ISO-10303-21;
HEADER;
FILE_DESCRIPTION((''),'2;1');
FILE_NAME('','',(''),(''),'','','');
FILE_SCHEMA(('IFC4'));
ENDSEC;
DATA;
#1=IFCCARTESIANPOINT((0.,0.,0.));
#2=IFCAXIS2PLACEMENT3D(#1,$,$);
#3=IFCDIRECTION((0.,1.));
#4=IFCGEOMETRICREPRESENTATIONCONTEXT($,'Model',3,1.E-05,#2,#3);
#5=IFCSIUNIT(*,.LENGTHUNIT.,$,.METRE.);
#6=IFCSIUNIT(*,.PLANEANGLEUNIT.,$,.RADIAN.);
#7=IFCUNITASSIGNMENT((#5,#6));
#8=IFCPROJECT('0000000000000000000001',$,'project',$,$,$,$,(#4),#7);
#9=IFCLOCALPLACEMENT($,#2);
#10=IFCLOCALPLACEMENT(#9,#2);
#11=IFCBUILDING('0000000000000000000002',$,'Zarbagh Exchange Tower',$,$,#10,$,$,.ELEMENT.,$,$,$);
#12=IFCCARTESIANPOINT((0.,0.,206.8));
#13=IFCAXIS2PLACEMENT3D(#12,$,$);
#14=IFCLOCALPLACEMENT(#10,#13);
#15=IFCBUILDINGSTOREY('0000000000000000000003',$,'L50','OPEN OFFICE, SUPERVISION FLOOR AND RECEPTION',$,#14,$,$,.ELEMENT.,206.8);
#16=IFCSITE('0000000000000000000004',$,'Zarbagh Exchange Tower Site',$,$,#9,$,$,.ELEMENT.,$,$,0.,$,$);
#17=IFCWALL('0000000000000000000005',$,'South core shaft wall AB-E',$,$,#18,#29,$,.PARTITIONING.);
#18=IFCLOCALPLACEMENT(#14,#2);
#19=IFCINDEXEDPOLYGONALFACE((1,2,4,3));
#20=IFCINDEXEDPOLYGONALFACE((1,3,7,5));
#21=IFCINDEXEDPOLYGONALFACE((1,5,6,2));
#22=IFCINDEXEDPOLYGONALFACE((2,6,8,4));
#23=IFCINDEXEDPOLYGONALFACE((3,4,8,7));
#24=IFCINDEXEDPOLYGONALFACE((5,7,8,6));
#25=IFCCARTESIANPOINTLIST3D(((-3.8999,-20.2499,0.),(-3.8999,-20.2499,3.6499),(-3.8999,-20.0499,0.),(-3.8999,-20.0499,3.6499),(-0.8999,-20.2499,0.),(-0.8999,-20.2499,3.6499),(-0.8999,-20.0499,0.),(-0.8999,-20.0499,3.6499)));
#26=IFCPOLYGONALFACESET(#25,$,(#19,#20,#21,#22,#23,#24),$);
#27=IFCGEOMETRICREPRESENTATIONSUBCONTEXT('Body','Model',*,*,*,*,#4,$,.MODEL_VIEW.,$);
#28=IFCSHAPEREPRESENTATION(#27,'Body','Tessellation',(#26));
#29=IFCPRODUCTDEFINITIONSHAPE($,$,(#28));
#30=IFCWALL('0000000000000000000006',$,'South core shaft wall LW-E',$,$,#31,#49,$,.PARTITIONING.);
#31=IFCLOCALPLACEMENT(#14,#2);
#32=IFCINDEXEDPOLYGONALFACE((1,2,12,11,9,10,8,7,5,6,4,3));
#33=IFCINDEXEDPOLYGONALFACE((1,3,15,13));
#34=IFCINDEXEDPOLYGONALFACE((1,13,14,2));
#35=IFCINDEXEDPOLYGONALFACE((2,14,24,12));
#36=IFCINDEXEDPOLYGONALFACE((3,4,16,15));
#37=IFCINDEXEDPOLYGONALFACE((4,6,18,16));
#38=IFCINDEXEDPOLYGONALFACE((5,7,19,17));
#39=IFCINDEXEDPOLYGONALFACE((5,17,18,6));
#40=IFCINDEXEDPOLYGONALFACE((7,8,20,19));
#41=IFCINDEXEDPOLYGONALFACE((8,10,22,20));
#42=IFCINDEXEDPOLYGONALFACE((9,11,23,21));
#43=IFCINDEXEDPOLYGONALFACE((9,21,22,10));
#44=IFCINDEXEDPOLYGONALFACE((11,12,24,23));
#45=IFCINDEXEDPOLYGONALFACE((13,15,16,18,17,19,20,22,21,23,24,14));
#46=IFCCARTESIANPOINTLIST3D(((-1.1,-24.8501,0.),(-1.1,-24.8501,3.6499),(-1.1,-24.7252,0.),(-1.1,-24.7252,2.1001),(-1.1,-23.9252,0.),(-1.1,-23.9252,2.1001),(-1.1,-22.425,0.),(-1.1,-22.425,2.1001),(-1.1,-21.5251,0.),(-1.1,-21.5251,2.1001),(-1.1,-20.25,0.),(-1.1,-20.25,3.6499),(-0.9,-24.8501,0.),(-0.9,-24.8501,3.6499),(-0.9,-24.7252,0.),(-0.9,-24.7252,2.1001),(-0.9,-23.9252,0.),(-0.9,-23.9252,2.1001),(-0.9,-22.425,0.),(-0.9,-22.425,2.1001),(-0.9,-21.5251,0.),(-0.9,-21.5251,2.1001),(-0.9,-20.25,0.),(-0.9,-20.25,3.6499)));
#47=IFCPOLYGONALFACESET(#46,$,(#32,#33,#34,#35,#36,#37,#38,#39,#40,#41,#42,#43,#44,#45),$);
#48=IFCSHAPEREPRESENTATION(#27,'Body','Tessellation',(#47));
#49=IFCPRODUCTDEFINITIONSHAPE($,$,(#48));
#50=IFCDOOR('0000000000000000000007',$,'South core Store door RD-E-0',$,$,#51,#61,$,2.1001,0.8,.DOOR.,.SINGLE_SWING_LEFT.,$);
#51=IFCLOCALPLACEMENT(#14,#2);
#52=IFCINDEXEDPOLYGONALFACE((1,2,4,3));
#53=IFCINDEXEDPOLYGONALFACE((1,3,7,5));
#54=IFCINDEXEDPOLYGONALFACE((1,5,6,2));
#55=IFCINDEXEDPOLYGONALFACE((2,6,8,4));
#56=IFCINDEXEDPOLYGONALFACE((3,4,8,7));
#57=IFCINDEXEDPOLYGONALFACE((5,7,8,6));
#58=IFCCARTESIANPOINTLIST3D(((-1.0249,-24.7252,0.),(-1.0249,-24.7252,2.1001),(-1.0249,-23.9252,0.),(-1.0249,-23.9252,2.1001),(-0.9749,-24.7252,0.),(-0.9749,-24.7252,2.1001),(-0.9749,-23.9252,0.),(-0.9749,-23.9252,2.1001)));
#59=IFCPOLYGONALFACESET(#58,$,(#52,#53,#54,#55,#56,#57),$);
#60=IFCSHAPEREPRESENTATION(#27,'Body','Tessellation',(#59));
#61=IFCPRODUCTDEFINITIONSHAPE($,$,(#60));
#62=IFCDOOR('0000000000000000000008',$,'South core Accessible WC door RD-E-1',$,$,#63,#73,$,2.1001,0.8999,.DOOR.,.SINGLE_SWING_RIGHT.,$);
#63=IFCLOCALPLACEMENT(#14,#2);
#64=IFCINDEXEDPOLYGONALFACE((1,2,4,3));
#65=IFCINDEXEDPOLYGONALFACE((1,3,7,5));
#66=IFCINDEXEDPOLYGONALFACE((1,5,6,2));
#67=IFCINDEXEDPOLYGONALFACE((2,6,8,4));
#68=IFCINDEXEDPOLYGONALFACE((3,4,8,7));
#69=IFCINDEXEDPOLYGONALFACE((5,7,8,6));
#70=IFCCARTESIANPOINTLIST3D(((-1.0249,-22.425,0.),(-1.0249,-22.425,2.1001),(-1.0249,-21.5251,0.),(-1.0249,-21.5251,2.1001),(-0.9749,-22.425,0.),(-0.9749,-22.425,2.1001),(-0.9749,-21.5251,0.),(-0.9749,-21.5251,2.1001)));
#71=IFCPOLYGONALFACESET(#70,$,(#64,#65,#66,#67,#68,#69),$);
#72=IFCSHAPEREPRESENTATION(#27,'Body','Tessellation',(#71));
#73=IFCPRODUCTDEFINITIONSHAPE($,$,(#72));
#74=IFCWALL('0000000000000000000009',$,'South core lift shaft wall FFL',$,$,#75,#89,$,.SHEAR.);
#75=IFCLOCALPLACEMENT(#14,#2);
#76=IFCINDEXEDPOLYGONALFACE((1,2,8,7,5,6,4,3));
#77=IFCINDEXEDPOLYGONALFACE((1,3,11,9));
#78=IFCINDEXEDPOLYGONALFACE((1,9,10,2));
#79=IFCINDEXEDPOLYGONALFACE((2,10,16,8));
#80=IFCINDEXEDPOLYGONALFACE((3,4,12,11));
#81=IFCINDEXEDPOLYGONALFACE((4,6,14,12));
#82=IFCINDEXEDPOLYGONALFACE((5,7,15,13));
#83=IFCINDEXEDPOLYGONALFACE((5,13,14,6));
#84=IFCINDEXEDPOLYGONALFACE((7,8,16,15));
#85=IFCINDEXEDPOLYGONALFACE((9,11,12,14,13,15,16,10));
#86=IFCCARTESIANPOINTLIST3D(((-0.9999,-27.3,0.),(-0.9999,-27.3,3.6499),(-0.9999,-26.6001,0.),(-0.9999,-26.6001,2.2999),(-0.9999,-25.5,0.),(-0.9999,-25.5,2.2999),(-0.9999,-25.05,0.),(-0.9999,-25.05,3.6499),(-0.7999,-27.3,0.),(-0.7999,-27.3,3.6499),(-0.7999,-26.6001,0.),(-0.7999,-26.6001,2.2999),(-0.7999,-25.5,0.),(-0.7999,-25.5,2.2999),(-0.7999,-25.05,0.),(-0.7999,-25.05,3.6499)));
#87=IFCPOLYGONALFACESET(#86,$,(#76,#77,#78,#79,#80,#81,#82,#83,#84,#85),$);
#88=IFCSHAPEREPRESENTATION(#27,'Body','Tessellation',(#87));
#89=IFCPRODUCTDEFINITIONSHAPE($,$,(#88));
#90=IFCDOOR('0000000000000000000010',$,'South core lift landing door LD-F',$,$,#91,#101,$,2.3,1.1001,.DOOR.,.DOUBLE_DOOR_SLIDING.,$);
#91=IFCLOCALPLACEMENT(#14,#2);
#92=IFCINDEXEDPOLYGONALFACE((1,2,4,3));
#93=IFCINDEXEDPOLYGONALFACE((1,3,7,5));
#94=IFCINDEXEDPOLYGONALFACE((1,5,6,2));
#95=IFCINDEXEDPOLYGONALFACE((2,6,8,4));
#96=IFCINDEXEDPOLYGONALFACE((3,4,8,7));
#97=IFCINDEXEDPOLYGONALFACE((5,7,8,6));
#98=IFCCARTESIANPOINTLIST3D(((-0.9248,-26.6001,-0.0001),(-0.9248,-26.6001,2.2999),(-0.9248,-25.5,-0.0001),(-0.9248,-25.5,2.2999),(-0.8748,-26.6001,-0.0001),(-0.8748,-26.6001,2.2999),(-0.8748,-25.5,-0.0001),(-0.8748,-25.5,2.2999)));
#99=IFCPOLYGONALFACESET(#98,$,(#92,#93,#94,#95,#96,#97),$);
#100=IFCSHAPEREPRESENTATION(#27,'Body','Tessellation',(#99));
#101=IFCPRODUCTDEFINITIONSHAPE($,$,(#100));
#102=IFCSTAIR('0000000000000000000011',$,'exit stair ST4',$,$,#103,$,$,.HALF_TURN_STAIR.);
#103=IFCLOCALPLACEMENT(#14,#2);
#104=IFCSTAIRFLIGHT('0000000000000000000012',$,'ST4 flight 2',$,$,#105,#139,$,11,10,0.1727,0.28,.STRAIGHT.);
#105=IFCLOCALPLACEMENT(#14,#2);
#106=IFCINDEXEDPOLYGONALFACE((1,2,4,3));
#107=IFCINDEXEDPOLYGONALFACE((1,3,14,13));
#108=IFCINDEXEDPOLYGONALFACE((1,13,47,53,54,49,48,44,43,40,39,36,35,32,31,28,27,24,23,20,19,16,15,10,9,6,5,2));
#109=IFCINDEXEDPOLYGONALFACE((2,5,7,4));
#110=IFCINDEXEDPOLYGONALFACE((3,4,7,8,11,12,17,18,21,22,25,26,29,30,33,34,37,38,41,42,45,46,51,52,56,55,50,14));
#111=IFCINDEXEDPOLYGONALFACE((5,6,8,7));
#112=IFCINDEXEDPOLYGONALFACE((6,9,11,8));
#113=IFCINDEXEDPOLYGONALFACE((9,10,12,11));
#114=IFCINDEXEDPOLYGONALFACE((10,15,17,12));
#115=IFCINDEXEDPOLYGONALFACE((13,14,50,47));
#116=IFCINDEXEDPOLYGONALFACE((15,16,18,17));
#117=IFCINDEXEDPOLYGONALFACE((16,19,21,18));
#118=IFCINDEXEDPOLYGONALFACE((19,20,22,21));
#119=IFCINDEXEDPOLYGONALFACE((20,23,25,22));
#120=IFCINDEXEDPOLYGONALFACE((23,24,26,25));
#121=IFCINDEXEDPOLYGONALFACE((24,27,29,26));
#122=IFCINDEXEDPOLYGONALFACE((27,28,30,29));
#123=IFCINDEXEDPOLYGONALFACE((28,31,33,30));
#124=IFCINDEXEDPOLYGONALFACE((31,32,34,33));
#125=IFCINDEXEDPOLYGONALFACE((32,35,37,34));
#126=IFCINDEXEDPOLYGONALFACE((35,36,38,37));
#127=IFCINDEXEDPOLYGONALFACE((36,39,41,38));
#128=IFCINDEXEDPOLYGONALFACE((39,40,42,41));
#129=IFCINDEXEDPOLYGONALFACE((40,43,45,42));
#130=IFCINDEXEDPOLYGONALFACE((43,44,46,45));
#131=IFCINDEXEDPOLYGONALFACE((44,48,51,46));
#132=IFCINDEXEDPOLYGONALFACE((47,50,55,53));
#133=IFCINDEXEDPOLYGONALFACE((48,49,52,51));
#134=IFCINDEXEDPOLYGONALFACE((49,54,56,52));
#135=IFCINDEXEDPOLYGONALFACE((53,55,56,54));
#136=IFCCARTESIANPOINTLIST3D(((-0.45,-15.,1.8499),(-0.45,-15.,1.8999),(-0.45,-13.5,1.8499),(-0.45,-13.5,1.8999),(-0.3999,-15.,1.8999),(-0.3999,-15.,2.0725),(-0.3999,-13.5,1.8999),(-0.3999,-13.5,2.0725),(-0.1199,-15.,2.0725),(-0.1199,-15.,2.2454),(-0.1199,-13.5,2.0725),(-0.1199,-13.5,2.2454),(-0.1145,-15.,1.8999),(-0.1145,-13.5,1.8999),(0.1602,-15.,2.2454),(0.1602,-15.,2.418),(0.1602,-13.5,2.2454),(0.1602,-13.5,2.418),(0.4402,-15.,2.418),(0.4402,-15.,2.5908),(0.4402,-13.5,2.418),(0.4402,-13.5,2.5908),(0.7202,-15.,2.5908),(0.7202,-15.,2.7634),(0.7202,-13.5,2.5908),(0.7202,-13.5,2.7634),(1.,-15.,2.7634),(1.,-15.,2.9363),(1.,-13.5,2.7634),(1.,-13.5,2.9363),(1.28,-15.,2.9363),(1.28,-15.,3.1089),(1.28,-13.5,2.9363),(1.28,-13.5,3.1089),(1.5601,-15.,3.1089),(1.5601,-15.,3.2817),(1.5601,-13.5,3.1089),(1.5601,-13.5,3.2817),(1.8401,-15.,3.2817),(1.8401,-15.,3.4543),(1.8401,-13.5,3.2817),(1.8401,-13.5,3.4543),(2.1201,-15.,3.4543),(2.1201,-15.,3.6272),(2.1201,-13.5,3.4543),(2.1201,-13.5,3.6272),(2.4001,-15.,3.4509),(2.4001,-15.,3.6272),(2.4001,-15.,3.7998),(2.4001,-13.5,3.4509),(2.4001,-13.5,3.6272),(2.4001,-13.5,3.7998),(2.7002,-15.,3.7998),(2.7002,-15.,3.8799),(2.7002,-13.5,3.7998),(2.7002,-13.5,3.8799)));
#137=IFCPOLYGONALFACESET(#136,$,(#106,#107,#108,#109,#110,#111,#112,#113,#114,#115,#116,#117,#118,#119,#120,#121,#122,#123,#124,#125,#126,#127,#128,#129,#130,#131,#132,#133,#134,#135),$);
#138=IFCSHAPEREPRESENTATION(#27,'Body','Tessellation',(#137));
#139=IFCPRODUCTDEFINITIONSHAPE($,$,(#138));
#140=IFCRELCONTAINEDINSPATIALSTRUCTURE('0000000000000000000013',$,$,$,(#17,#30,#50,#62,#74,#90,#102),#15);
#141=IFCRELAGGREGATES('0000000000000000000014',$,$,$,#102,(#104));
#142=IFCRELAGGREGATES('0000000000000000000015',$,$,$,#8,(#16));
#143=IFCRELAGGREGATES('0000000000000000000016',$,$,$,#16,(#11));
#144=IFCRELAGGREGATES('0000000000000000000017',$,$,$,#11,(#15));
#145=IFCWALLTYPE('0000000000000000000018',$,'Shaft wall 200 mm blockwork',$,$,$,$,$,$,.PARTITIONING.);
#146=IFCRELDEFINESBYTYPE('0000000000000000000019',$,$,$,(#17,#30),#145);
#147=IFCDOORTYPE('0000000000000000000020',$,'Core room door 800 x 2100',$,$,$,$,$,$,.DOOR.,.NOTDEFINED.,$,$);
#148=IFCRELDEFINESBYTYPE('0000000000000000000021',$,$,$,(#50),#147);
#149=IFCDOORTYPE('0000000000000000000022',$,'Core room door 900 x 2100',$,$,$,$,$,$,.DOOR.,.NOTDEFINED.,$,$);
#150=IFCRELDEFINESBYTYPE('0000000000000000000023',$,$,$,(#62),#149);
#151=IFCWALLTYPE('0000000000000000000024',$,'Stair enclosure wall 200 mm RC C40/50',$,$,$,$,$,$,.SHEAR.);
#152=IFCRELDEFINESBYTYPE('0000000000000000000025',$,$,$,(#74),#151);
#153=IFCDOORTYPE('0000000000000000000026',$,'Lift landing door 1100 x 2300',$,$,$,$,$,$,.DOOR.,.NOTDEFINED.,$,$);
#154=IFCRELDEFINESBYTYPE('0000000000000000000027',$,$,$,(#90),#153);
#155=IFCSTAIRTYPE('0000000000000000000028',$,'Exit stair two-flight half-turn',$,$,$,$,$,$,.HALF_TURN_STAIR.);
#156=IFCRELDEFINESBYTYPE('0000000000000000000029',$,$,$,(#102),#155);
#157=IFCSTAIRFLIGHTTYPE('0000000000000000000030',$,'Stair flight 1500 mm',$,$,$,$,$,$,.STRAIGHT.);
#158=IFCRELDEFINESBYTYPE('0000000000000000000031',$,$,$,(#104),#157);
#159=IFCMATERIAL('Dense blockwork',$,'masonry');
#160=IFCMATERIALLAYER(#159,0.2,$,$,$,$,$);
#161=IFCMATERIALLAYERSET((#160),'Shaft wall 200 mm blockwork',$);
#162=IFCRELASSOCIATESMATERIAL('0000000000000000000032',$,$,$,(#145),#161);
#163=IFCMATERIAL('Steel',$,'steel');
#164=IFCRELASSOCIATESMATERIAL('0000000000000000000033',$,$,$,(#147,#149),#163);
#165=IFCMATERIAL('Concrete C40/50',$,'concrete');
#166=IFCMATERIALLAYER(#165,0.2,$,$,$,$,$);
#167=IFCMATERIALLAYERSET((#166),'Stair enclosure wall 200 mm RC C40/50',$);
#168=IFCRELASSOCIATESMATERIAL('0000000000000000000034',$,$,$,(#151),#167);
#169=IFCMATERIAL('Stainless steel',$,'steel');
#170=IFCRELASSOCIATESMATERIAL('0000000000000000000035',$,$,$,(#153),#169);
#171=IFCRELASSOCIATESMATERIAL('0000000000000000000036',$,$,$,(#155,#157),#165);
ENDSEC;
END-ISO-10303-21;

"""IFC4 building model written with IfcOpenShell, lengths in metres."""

from ifc_helpers import new_model, si_unit, direction, frame, frame_2d, origin, place, context, subcontext, project, spatial, polyline, rectangle, outline, extrude, material, layer, layer_set, type_object, element, fill, aggregate, save


model = new_model("IFC4")

# Units and contexts
model_context = context("Model", 3, precision=1e-05, world=origin(), true_north=direction((0.0, 1.0)))
body_context = subcontext(model_context, "Body", "Model", "MODEL_VIEW")
ifc_project = project(units=[si_unit("LENGTHUNIT", "METRE"), si_unit("PLANEANGLEUNIT", "RADIAN")], contexts=[model_context])

# Site, building, storey
site_placement = place(None, origin())
site = spatial("IfcSite", under=ifc_project, at=site_placement, Name="Zarbagh Exchange Tower Site", CompositionType="ELEMENT", RefElevation=0.0)
building_placement = place(site_placement, origin())
building = spatial("IfcBuilding", under=site, at=building_placement, Name="Zarbagh Exchange Tower", CompositionType="ELEMENT")
storey_placement = place(building_placement, frame((0.0, 0.0, 206.8)))
storey = spatial("IfcBuildingStorey", under=building, at=storey_placement, Name="L50", Description="OPEN OFFICE, SUPERVISION FLOOR AND RECEPTION", CompositionType="ELEMENT", Elevation=206.8)

# Shared definitions
ifc_material_1 = material(Name="Concrete C40/50", Category="concrete")

# Shared definitions
ifc_material_2 = material(Name="Dense blockwork", Category="masonry")

# Wall
ifc_layer_1 = layer(ifc_material_2, 0.2)
ifc_layer_set_1 = layer_set([ifc_layer_1], Name="Shaft wall 200 mm blockwork")
wall_type_1 = type_object("IfcWallType", Name="Shaft wall 200 mm blockwork", PredefinedType="PARTITIONING", material=ifc_layer_set_1)
wall_1_placement = place(storey_placement, frame((-0.8999, -20.1499, 0.0), z_axis=(0.0, 0.0, 1.0), x_axis=(-1.0, 0.0, 0.0)))
element("IfcWall", 1, at=wall_1_placement, inside=storey, type_object=wall_type_1, Name="South core shaft wall AB-E", PredefinedType="PARTITIONING", context=body_context, shape_type="SweptSolid", body=[
    extrude(rectangle(XDim=3.0, YDim=0.2, at=frame_2d((1.5, 0.0))), origin(), (0.0, 0.0, 1.0), 3.6499),
])

# Wall, openings, doors
wall_2_placement = place(storey_placement, frame((-1.0, -24.8501, 0.0), z_axis=(0.0, 0.0, 1.0), x_axis=(0.0, 1.0, 0.0)))
wall_2 = element("IfcWall", 2, at=wall_2_placement, inside=storey, type_object=wall_type_1, Name="South core shaft wall LW-E", PredefinedType="PARTITIONING", context=body_context, shape_type="SweptSolid", body=[
    extrude(rectangle(XDim=4.6001, YDim=0.2, at=frame_2d((2.3, 0.0))), origin(), (0.0, 0.0, 1.0), 3.6499),
])
opening_1_placement = place(wall_2_placement, frame((0.125, 0.0, 0.0)))
opening_1 = element("IfcOpeningElement", 3, at=opening_1_placement, cuts=wall_2, PredefinedType="OPENING", context=body_context, shape_type="SweptSolid", body=[
    extrude(rectangle(XDim=0.8, YDim=2.1001, at=frame_2d((0.3999, 1.05))), frame((0.0, 0.1099, 0.0), z_axis=(0.0, -1.0, 0.0), x_axis=(1.0, 0.0, 0.0)), (0.0, 0.0, 1.0), 0.22),
])
opening_2_placement = place(wall_2_placement, frame((2.425, 0.0, 0.0)))
opening_2 = element("IfcOpeningElement", 4, at=opening_2_placement, cuts=wall_2, PredefinedType="OPENING", context=body_context, shape_type="SweptSolid", body=[
    extrude(rectangle(XDim=0.8999, YDim=2.1001, at=frame_2d((0.45, 1.05))), frame((0.0, 0.1099, 0.0), z_axis=(0.0, -1.0, 0.0), x_axis=(1.0, 0.0, 0.0)), (0.0, 0.0, 1.0), 0.22),
])
ifc_material_3 = material(Name="Steel", Category="steel")
door_type_1 = type_object("IfcDoorType", Name="Core room door 800 x 2100", OperationType="NOTDEFINED", PredefinedType="DOOR", material=ifc_material_3)
door_1_placement = place(opening_1_placement, origin())
door_1 = element("IfcDoor", 5, at=door_1_placement, inside=storey, type_object=door_type_1, Name="South core Store door RD-E-0", OperationType="SINGLE_SWING_LEFT", OverallHeight=2.1001, OverallWidth=0.8, PredefinedType="DOOR", context=body_context, shape_type="SweptSolid", body=[
    extrude(rectangle(XDim=0.8, YDim=2.1001, at=frame_2d((0.3999, 1.05))), frame((0.0, 0.0249, 0.0), z_axis=(0.0, -1.0, 0.0), x_axis=(1.0, 0.0, 0.0)), (0.0, 0.0, 1.0), 0.05),
])
fill(opening_1, door_1)
door_type_2 = type_object("IfcDoorType", Name="Core room door 900 x 2100", OperationType="NOTDEFINED", PredefinedType="DOOR", material=ifc_material_3)
door_2_placement = place(opening_2_placement, origin())
door_2 = element("IfcDoor", 6, at=door_2_placement, inside=storey, type_object=door_type_2, Name="South core Accessible WC door RD-E-1", OperationType="SINGLE_SWING_RIGHT", OverallHeight=2.1001, OverallWidth=0.8999, PredefinedType="DOOR", context=body_context, shape_type="SweptSolid", body=[
    extrude(rectangle(XDim=0.8999, YDim=2.1001, at=frame_2d((0.45, 1.05))), frame((0.0, 0.0249, 0.0), z_axis=(0.0, -1.0, 0.0), x_axis=(1.0, 0.0, 0.0)), (0.0, 0.0, 1.0), 0.05),
])
fill(opening_2, door_2)

# Wall, opening, door
ifc_layer_2 = layer(ifc_material_1, 0.2)
ifc_layer_set_2 = layer_set([ifc_layer_2], Name="Stair enclosure wall 200 mm RC C40/50")
wall_type_2 = type_object("IfcWallType", Name="Stair enclosure wall 200 mm RC C40/50", PredefinedType="SHEAR", material=ifc_layer_set_2)
wall_3_placement = place(storey_placement, frame((-0.8999, -27.3, 0.0), z_axis=(0.0, 0.0, 1.0), x_axis=(0.0, 1.0, 0.0)))
wall_3 = element("IfcWall", 7, at=wall_3_placement, inside=storey, type_object=wall_type_2, Name="South core lift shaft wall FFL", PredefinedType="SHEAR", context=body_context, shape_type="SweptSolid", body=[
    extrude(rectangle(XDim=2.25, YDim=0.2, at=frame_2d((1.125, 0.0))), origin(), (0.0, 0.0, 1.0), 3.6499),
])
opening_3_placement = place(wall_3_placement, frame((0.7, 0.0, 0.0)))
opening_3 = element("IfcOpeningElement", 8, at=opening_3_placement, cuts=wall_3, PredefinedType="OPENING", context=body_context, shape_type="SweptSolid", body=[
    extrude(rectangle(XDim=1.1001, YDim=2.3, at=frame_2d((0.55, 1.1499))), frame((0.0, 0.1099, 0.0), z_axis=(0.0, -1.0, 0.0), x_axis=(1.0, 0.0, 0.0)), (0.0, 0.0, 1.0), 0.22),
])
ifc_material_4 = material(Name="Stainless steel", Category="steel")
door_type_3 = type_object("IfcDoorType", Name="Lift landing door 1100 x 2300", OperationType="NOTDEFINED", PredefinedType="DOOR", material=ifc_material_4)
door_3_placement = place(opening_3_placement, origin())
door_3 = element("IfcDoor", 9, at=door_3_placement, inside=storey, type_object=door_type_3, Name="South core lift landing door LD-F", OperationType="DOUBLE_DOOR_SLIDING", OverallHeight=2.3, OverallWidth=1.1001, PredefinedType="DOOR", context=body_context, shape_type="SweptSolid", body=[
    extrude(rectangle(XDim=1.1001, YDim=2.3, at=frame_2d((0.55, 1.1499))), frame((0.0, 0.0249, 0.0), z_axis=(0.0, -1.0, 0.0), x_axis=(1.0, 0.0, 0.0)), (0.0, 0.0, 1.0), 0.05),
])
fill(opening_3, door_3)

# Stair, stair flight
stair_type = type_object("IfcStairType", Name="Exit stair two-flight half-turn", PredefinedType="HALF_TURN_STAIR", material=ifc_material_1)
stair_placement = place(storey_placement, origin())
stair = element("IfcStair", 10, at=stair_placement, inside=storey, type_object=stair_type, Name="exit stair ST4", PredefinedType="HALF_TURN_STAIR")
stair_flight_type = type_object("IfcStairFlightType", Name="Stair flight 1500 mm", PredefinedType="STRAIGHT", material=ifc_material_1)
stair_flight_placement = place(storey_placement, frame((-0.3999, -14.25, 1.8999), z_axis=(0.0, 0.0, 1.0), x_axis=(1.0, 0.0, 0.0)))
stair_flight = element("IfcStairFlight", 11, at=stair_flight_placement, type_object=stair_flight_type, Name="ST4 flight 2", NumberOfRisers=11, NumberOfTreads=10, PredefinedType="STRAIGHT", RiserHeight=0.1727, TreadLength=0.28, context=body_context, shape_type="SweptSolid", body=[
    extrude(outline(polyline([(-0.05, -0.05), (-0.05, 0.0), (0.0, 0.0), (0.0, 0.1726), (0.28, 0.1726), (0.28, 0.3455), (0.5601, 0.3455), (0.5601, 0.5181), (0.8401, 0.5181), (0.8401, 0.6909), (1.1201, 0.6909), (1.1201, 0.8635), (1.3999, 0.8635), (1.3999, 1.0364), (1.6799, 1.0364), (1.6799, 1.209), (1.96, 1.209), (1.96, 1.3818), (2.24, 1.3818), (2.24, 1.5544), (2.52, 1.5544), (2.52, 1.7273), (2.8, 1.7273), (2.8, 1.8999), (3.1001, 1.98), (3.1001, 1.8999), (2.8, 1.551), (0.2854, 0.0), (-0.05, -0.05)])), frame((0.0, 0.75, 0.0), z_axis=(0.0, -1.0, 0.0), x_axis=(1.0, 0.0, 0.0)), (0.0, 0.0, 1.0), 1.5),
])
aggregate(stair, [stair_flight])

save(model, "model.ifc")
